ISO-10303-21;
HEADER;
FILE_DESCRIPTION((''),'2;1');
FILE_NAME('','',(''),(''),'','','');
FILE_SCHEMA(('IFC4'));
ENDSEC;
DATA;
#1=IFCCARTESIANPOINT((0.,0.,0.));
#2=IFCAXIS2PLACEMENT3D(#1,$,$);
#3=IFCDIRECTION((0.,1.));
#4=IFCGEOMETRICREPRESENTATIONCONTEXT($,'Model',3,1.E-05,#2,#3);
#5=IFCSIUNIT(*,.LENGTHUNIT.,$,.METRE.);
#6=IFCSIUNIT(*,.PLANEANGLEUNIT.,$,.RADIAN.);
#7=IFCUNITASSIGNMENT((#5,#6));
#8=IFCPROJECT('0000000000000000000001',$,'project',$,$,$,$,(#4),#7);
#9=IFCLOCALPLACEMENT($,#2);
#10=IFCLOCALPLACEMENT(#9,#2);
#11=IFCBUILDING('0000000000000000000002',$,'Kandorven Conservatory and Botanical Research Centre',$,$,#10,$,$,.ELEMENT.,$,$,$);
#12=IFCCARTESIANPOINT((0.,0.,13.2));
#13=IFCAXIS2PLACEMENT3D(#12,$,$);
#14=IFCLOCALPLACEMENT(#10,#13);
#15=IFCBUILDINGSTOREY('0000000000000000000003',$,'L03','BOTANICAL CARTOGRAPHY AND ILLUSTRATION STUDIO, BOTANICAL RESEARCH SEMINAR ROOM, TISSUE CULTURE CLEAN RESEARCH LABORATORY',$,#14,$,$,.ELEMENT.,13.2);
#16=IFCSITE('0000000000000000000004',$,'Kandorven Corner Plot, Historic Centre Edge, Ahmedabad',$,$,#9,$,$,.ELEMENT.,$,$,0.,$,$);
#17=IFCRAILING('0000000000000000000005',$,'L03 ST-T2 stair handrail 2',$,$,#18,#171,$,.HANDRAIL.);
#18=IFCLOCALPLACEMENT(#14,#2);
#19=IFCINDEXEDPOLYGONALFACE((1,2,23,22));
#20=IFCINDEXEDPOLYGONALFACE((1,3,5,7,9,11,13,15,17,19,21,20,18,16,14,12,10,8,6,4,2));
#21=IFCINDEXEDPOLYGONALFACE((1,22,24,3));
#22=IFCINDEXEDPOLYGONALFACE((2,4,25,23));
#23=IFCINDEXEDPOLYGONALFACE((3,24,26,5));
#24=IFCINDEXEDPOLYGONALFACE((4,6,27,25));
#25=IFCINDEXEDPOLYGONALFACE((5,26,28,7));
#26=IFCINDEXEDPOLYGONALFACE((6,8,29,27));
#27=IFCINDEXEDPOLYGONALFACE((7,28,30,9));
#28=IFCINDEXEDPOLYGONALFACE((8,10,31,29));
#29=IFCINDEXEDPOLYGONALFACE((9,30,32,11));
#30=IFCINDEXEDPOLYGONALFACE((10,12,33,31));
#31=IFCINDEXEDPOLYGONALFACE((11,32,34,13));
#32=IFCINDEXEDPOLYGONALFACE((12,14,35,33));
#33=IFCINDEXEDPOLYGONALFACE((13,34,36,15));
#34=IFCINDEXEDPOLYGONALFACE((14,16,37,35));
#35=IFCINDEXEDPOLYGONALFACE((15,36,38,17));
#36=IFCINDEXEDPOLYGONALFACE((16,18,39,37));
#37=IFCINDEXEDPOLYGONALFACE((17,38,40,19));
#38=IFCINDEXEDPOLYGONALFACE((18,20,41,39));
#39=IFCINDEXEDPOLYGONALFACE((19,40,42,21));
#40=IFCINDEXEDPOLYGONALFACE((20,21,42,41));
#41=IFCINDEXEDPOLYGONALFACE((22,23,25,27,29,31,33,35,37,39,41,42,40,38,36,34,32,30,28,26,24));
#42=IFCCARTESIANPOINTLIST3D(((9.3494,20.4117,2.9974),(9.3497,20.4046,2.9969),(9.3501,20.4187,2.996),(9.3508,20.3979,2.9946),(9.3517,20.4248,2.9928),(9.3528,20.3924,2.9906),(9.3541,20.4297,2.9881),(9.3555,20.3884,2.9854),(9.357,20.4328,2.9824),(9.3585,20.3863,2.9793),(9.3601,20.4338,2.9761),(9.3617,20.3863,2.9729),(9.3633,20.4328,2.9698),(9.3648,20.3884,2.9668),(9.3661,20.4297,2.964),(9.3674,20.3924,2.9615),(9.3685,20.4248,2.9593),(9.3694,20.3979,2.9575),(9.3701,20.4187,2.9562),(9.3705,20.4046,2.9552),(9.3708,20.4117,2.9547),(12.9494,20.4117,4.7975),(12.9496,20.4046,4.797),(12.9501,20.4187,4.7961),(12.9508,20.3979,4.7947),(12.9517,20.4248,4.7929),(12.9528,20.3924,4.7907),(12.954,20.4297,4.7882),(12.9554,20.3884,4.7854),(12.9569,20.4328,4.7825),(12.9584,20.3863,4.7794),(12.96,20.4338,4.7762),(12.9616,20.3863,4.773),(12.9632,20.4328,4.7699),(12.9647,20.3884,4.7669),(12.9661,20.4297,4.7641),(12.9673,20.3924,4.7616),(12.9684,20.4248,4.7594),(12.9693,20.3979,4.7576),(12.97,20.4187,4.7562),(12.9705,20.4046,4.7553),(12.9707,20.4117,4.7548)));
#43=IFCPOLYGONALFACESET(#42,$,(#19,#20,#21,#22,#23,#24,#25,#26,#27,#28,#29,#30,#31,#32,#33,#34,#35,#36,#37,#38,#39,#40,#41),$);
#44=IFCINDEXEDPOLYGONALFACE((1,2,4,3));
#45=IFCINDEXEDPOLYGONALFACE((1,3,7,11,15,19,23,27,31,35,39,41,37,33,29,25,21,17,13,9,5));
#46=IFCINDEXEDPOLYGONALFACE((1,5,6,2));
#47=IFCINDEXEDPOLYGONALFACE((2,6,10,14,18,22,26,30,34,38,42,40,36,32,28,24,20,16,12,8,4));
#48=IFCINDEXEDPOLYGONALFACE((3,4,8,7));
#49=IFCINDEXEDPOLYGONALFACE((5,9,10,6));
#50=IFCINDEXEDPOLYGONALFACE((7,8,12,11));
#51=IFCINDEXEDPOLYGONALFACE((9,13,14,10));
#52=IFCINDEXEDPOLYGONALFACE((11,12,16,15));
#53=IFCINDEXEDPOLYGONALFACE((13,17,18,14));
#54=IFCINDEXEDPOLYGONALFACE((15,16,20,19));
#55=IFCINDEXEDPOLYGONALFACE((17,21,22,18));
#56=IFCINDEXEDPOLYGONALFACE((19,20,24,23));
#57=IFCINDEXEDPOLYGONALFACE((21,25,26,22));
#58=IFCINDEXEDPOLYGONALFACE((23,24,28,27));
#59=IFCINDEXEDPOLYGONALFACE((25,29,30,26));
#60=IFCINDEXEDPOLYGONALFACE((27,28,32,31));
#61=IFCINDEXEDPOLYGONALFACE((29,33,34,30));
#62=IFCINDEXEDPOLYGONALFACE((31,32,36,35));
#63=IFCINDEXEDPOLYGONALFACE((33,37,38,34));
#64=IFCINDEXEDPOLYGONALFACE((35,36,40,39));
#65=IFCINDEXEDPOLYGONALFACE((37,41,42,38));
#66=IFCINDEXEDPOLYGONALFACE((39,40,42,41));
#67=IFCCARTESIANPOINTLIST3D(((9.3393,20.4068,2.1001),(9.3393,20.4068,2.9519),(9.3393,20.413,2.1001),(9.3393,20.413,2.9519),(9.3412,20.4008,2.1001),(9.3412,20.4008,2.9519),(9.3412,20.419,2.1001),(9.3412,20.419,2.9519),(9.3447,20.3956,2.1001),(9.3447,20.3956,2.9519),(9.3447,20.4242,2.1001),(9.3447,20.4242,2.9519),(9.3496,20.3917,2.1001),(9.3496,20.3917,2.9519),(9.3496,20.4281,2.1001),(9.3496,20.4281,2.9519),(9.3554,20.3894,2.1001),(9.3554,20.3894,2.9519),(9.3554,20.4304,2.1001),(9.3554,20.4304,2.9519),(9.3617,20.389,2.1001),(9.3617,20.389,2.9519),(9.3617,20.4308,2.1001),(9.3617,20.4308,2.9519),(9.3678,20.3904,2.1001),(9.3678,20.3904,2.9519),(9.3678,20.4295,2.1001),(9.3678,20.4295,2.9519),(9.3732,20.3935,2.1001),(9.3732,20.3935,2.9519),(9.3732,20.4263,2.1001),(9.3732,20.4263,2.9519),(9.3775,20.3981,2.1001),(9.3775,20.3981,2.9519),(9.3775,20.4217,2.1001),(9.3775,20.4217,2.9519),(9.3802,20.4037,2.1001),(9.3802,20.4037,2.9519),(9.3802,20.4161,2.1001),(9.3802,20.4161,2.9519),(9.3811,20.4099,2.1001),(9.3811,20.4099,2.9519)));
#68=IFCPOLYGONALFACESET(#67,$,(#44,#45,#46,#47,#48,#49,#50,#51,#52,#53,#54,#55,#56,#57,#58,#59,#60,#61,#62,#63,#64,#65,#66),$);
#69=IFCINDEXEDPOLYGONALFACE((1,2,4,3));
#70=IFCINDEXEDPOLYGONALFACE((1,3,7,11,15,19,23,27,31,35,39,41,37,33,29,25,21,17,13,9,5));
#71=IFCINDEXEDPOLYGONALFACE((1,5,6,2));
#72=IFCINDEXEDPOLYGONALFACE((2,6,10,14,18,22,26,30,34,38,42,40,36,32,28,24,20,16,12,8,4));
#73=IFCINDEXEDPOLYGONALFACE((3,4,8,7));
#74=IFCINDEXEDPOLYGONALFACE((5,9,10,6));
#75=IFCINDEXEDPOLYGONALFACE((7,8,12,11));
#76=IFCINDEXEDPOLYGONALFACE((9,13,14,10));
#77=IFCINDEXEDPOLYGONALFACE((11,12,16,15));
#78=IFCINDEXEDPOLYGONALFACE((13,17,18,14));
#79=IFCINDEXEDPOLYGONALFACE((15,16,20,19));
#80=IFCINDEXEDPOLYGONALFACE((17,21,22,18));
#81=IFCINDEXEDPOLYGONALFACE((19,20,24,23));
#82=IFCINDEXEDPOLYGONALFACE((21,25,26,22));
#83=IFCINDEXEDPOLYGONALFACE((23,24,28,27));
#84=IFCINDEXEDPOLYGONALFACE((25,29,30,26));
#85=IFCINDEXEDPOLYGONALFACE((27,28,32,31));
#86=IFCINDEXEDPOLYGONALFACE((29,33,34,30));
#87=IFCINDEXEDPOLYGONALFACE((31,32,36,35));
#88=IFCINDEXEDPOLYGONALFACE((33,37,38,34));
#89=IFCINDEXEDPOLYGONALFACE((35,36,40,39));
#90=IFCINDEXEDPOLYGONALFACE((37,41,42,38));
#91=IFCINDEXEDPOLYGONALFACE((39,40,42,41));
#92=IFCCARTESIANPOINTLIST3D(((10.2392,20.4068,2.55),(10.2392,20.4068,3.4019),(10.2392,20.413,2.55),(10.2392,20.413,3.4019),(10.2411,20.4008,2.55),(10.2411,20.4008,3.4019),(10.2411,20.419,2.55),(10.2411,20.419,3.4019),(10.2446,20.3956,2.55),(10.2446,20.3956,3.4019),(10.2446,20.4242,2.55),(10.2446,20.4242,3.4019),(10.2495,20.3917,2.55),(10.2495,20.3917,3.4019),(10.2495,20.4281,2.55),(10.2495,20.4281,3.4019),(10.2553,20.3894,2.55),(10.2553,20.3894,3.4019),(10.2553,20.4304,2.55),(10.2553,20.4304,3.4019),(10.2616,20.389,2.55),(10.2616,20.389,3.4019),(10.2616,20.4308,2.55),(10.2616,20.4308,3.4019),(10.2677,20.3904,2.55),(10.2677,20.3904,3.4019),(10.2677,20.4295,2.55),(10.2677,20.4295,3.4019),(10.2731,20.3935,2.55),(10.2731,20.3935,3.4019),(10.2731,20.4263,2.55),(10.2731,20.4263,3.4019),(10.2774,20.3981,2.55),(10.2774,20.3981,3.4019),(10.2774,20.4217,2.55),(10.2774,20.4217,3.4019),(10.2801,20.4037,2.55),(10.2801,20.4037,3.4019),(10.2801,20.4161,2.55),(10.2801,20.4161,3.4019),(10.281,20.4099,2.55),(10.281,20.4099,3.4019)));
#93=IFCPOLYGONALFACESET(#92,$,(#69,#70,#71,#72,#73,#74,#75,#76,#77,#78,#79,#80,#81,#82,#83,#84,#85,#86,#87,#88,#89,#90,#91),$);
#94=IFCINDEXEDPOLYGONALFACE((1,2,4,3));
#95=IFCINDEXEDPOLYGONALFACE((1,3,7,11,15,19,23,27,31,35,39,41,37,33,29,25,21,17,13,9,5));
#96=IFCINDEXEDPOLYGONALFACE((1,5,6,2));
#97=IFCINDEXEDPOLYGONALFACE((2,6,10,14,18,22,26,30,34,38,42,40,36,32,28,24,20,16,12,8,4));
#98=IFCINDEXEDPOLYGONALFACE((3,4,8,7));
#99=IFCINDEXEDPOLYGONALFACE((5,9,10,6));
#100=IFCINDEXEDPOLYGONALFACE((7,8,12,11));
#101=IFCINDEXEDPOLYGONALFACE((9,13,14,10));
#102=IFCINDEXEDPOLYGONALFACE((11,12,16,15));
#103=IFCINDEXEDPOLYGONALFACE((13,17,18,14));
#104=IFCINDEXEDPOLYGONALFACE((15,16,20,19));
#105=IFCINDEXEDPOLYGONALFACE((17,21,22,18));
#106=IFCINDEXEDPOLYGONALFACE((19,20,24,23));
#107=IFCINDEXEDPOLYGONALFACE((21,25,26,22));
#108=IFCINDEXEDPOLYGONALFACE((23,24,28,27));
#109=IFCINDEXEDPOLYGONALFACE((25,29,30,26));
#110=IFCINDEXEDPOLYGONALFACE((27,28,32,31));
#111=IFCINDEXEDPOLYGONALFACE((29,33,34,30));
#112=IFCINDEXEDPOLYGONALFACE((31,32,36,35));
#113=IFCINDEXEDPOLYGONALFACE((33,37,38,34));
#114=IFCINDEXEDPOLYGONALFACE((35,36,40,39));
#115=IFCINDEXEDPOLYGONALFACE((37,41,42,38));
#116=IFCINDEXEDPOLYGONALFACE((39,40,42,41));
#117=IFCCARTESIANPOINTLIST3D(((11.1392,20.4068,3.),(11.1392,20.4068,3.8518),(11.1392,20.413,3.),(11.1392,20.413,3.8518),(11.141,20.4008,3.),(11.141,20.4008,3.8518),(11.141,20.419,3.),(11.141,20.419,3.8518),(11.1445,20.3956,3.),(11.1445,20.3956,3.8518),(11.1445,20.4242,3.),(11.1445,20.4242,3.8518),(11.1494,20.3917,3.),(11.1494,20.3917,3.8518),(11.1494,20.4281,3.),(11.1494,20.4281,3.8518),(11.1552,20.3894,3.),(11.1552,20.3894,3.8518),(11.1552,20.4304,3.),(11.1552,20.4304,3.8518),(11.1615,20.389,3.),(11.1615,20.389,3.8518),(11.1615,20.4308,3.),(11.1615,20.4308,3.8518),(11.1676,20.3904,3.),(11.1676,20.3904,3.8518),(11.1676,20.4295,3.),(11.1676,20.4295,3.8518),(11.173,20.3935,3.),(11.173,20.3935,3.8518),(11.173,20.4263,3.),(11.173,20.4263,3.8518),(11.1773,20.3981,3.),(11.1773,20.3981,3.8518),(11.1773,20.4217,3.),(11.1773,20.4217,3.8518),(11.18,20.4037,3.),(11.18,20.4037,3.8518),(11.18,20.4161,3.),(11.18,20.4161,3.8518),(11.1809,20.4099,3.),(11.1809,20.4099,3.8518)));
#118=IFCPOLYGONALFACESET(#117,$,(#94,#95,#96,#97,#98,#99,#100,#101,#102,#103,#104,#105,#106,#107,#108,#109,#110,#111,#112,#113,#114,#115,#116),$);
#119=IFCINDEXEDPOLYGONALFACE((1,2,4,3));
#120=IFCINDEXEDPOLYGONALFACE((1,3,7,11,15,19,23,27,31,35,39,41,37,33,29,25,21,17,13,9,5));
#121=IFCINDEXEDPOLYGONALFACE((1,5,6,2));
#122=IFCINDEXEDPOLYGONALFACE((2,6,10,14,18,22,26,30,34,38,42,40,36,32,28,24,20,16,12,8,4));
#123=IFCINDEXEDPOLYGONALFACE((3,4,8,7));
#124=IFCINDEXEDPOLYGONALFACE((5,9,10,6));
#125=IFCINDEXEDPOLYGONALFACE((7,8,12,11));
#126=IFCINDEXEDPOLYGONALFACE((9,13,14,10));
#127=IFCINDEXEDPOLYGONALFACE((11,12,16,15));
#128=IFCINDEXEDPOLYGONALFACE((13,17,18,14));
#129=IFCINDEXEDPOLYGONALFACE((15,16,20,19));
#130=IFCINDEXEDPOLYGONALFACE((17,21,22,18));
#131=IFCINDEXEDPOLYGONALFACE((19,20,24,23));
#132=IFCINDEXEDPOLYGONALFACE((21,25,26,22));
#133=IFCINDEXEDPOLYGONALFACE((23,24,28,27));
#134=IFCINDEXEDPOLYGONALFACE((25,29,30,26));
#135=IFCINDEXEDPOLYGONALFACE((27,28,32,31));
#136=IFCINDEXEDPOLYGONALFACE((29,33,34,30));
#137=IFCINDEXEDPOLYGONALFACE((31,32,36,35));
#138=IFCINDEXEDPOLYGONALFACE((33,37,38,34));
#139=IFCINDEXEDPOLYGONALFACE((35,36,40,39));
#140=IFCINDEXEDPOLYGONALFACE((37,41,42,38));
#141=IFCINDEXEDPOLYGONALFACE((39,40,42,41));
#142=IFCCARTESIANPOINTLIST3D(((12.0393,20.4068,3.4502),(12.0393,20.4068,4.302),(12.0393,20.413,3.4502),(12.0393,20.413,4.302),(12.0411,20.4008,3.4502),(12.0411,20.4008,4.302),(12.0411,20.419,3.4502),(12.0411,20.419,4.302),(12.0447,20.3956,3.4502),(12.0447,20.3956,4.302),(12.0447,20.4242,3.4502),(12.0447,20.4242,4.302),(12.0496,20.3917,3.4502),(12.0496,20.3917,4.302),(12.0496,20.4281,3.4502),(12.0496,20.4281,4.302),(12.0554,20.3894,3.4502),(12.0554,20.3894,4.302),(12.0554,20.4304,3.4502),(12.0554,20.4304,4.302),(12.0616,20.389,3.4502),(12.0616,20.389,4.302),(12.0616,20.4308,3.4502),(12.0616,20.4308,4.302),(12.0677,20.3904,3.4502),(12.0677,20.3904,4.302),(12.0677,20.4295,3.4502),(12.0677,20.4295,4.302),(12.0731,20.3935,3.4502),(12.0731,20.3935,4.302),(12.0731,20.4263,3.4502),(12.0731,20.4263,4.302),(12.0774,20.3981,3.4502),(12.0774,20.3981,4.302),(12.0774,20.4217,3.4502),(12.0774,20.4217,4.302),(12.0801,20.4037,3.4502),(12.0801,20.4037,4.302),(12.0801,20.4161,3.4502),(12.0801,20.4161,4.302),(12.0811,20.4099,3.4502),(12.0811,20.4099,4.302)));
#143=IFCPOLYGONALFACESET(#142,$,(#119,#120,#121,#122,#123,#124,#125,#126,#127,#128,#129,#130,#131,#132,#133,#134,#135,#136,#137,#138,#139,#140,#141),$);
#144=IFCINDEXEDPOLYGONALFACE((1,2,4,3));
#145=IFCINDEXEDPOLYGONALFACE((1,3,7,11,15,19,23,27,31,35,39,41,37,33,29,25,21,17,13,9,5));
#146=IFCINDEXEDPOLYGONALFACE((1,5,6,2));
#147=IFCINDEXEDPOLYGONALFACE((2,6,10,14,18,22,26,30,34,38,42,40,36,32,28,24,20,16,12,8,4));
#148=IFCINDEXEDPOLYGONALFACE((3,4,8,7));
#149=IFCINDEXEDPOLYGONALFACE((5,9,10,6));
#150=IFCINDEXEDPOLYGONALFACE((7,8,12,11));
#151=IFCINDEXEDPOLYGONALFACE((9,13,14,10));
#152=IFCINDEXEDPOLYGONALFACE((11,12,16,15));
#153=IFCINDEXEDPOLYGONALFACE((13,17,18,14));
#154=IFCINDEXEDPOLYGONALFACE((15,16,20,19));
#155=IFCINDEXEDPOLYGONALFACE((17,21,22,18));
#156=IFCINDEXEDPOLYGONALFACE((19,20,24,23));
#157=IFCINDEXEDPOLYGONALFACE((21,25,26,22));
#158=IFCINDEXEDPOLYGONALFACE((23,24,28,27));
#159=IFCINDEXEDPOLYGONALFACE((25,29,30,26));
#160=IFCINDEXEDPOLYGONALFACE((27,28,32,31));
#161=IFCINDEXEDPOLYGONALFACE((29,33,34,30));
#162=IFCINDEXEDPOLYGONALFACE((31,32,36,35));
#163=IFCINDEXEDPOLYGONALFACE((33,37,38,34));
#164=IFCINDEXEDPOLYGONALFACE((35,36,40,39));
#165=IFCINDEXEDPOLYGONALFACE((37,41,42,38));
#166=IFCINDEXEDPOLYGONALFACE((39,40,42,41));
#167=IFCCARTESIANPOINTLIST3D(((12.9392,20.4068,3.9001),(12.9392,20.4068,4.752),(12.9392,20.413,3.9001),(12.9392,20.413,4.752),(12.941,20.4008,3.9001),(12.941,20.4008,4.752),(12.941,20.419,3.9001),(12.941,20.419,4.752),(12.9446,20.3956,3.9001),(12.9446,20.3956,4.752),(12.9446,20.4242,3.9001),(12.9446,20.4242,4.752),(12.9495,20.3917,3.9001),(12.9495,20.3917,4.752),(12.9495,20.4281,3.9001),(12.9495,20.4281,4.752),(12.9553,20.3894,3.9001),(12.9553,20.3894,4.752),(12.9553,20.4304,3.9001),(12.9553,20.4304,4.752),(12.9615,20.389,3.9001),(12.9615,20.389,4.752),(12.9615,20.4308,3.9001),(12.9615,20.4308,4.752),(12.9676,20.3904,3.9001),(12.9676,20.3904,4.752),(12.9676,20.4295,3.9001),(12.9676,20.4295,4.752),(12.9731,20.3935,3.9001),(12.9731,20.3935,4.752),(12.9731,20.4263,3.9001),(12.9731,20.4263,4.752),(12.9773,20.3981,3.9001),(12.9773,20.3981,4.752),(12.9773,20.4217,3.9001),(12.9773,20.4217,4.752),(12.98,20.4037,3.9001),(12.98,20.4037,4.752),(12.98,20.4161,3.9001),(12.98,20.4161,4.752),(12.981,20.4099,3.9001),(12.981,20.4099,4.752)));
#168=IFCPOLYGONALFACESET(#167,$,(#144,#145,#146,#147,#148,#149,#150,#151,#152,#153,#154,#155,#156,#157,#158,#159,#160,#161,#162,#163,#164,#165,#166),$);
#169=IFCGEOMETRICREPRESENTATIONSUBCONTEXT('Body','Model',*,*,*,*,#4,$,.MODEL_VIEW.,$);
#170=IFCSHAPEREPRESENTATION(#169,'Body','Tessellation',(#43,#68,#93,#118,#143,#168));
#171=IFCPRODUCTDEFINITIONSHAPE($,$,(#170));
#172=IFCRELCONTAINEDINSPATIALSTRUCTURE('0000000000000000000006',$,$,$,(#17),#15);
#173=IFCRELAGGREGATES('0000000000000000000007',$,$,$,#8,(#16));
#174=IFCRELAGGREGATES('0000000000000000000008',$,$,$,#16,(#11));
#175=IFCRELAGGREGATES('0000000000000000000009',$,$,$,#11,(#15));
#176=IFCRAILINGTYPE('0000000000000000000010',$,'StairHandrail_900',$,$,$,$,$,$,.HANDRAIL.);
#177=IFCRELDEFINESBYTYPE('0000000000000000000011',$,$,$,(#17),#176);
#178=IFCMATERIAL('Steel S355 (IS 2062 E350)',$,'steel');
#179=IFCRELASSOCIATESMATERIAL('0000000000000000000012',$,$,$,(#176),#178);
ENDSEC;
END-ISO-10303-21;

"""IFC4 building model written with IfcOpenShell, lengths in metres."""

from ifc_helpers import new_model, si_unit, direction, frame, origin, origin_2d, place, context, subcontext, project, spatial, circle, extrude, material, type_object, element, save


model = new_model("IFC4")

# Units and contexts
model_context = context("Model", 3, precision=1e-05, world=origin(), true_north=direction((0.0, 1.0)))
body_context = subcontext(model_context, "Body", "Model", "MODEL_VIEW")
ifc_project = project(units=[si_unit("LENGTHUNIT", "METRE"), si_unit("PLANEANGLEUNIT", "RADIAN")], contexts=[model_context])

# Site, building, storey
site_placement = place(None, origin())
site = spatial("IfcSite", under=ifc_project, at=site_placement, Name="Kandorven Corner Plot, Historic Centre Edge, Ahmedabad", CompositionType="ELEMENT", RefElevation=0.0)
building_placement = place(site_placement, origin())
building = spatial("IfcBuilding", under=site, at=building_placement, Name="Kandorven Conservatory and Botanical Research Centre", CompositionType="ELEMENT")
storey_placement = place(building_placement, frame((0.0, 0.0, 13.2)))
storey = spatial("IfcBuildingStorey", under=building, at=storey_placement, Name="L03", Description="BOTANICAL CARTOGRAPHY AND ILLUSTRATION STUDIO, BOTANICAL RESEARCH SEMINAR ROOM, TISSUE CULTURE CLEAN RESEARCH LABORATORY", CompositionType="ELEMENT", Elevation=13.2)

# Railing
ifc_material_1 = material(Name="Steel S355 (IS 2062 E350)", Category="steel")
railing_type_1 = type_object("IfcRailingType", Name="StairHandrail_900", PredefinedType="HANDRAIL", material=ifc_material_1)
railing_1_placement = place(storey_placement, frame((9.3601, 20.4099, 2.1001)))
element("IfcRailing", 1, at=railing_1_placement, inside=storey, type_object=railing_type_1, Name="L03 ST-T2 stair handrail 2", PredefinedType="HANDRAIL", context=body_context, shape_type="SweptSolid", body=[
    extrude(circle(Radius=0.0239, at=origin_2d()), frame((0.0, 0.0, 0.876), z_axis=(0.894415, 0.0, 0.447238), x_axis=(0.0, 1.0, 0.0)), (0.0, 0.0, 1.0), 4.0249),
    extrude(circle(Radius=0.021, at=origin_2d()), origin(), (0.0, 0.0, 1.0), 0.8518),
    extrude(circle(Radius=0.021, at=origin_2d()), frame((0.8999, 0.0, 0.45)), (0.0, 0.0, 1.0), 0.8518),
    extrude(circle(Radius=0.021, at=origin_2d()), frame((1.7998, 0.0, 0.8999)), (0.0, 0.0, 1.0), 0.8518),
    extrude(circle(Radius=0.021, at=origin_2d()), frame((2.7, 0.0, 1.3501)), (0.0, 0.0, 1.0), 0.8518),
    extrude(circle(Radius=0.021, at=origin_2d()), frame((3.5999, 0.0, 1.8)), (0.0, 0.0, 1.0), 0.8518),
])

save(model, "model.ifc")
